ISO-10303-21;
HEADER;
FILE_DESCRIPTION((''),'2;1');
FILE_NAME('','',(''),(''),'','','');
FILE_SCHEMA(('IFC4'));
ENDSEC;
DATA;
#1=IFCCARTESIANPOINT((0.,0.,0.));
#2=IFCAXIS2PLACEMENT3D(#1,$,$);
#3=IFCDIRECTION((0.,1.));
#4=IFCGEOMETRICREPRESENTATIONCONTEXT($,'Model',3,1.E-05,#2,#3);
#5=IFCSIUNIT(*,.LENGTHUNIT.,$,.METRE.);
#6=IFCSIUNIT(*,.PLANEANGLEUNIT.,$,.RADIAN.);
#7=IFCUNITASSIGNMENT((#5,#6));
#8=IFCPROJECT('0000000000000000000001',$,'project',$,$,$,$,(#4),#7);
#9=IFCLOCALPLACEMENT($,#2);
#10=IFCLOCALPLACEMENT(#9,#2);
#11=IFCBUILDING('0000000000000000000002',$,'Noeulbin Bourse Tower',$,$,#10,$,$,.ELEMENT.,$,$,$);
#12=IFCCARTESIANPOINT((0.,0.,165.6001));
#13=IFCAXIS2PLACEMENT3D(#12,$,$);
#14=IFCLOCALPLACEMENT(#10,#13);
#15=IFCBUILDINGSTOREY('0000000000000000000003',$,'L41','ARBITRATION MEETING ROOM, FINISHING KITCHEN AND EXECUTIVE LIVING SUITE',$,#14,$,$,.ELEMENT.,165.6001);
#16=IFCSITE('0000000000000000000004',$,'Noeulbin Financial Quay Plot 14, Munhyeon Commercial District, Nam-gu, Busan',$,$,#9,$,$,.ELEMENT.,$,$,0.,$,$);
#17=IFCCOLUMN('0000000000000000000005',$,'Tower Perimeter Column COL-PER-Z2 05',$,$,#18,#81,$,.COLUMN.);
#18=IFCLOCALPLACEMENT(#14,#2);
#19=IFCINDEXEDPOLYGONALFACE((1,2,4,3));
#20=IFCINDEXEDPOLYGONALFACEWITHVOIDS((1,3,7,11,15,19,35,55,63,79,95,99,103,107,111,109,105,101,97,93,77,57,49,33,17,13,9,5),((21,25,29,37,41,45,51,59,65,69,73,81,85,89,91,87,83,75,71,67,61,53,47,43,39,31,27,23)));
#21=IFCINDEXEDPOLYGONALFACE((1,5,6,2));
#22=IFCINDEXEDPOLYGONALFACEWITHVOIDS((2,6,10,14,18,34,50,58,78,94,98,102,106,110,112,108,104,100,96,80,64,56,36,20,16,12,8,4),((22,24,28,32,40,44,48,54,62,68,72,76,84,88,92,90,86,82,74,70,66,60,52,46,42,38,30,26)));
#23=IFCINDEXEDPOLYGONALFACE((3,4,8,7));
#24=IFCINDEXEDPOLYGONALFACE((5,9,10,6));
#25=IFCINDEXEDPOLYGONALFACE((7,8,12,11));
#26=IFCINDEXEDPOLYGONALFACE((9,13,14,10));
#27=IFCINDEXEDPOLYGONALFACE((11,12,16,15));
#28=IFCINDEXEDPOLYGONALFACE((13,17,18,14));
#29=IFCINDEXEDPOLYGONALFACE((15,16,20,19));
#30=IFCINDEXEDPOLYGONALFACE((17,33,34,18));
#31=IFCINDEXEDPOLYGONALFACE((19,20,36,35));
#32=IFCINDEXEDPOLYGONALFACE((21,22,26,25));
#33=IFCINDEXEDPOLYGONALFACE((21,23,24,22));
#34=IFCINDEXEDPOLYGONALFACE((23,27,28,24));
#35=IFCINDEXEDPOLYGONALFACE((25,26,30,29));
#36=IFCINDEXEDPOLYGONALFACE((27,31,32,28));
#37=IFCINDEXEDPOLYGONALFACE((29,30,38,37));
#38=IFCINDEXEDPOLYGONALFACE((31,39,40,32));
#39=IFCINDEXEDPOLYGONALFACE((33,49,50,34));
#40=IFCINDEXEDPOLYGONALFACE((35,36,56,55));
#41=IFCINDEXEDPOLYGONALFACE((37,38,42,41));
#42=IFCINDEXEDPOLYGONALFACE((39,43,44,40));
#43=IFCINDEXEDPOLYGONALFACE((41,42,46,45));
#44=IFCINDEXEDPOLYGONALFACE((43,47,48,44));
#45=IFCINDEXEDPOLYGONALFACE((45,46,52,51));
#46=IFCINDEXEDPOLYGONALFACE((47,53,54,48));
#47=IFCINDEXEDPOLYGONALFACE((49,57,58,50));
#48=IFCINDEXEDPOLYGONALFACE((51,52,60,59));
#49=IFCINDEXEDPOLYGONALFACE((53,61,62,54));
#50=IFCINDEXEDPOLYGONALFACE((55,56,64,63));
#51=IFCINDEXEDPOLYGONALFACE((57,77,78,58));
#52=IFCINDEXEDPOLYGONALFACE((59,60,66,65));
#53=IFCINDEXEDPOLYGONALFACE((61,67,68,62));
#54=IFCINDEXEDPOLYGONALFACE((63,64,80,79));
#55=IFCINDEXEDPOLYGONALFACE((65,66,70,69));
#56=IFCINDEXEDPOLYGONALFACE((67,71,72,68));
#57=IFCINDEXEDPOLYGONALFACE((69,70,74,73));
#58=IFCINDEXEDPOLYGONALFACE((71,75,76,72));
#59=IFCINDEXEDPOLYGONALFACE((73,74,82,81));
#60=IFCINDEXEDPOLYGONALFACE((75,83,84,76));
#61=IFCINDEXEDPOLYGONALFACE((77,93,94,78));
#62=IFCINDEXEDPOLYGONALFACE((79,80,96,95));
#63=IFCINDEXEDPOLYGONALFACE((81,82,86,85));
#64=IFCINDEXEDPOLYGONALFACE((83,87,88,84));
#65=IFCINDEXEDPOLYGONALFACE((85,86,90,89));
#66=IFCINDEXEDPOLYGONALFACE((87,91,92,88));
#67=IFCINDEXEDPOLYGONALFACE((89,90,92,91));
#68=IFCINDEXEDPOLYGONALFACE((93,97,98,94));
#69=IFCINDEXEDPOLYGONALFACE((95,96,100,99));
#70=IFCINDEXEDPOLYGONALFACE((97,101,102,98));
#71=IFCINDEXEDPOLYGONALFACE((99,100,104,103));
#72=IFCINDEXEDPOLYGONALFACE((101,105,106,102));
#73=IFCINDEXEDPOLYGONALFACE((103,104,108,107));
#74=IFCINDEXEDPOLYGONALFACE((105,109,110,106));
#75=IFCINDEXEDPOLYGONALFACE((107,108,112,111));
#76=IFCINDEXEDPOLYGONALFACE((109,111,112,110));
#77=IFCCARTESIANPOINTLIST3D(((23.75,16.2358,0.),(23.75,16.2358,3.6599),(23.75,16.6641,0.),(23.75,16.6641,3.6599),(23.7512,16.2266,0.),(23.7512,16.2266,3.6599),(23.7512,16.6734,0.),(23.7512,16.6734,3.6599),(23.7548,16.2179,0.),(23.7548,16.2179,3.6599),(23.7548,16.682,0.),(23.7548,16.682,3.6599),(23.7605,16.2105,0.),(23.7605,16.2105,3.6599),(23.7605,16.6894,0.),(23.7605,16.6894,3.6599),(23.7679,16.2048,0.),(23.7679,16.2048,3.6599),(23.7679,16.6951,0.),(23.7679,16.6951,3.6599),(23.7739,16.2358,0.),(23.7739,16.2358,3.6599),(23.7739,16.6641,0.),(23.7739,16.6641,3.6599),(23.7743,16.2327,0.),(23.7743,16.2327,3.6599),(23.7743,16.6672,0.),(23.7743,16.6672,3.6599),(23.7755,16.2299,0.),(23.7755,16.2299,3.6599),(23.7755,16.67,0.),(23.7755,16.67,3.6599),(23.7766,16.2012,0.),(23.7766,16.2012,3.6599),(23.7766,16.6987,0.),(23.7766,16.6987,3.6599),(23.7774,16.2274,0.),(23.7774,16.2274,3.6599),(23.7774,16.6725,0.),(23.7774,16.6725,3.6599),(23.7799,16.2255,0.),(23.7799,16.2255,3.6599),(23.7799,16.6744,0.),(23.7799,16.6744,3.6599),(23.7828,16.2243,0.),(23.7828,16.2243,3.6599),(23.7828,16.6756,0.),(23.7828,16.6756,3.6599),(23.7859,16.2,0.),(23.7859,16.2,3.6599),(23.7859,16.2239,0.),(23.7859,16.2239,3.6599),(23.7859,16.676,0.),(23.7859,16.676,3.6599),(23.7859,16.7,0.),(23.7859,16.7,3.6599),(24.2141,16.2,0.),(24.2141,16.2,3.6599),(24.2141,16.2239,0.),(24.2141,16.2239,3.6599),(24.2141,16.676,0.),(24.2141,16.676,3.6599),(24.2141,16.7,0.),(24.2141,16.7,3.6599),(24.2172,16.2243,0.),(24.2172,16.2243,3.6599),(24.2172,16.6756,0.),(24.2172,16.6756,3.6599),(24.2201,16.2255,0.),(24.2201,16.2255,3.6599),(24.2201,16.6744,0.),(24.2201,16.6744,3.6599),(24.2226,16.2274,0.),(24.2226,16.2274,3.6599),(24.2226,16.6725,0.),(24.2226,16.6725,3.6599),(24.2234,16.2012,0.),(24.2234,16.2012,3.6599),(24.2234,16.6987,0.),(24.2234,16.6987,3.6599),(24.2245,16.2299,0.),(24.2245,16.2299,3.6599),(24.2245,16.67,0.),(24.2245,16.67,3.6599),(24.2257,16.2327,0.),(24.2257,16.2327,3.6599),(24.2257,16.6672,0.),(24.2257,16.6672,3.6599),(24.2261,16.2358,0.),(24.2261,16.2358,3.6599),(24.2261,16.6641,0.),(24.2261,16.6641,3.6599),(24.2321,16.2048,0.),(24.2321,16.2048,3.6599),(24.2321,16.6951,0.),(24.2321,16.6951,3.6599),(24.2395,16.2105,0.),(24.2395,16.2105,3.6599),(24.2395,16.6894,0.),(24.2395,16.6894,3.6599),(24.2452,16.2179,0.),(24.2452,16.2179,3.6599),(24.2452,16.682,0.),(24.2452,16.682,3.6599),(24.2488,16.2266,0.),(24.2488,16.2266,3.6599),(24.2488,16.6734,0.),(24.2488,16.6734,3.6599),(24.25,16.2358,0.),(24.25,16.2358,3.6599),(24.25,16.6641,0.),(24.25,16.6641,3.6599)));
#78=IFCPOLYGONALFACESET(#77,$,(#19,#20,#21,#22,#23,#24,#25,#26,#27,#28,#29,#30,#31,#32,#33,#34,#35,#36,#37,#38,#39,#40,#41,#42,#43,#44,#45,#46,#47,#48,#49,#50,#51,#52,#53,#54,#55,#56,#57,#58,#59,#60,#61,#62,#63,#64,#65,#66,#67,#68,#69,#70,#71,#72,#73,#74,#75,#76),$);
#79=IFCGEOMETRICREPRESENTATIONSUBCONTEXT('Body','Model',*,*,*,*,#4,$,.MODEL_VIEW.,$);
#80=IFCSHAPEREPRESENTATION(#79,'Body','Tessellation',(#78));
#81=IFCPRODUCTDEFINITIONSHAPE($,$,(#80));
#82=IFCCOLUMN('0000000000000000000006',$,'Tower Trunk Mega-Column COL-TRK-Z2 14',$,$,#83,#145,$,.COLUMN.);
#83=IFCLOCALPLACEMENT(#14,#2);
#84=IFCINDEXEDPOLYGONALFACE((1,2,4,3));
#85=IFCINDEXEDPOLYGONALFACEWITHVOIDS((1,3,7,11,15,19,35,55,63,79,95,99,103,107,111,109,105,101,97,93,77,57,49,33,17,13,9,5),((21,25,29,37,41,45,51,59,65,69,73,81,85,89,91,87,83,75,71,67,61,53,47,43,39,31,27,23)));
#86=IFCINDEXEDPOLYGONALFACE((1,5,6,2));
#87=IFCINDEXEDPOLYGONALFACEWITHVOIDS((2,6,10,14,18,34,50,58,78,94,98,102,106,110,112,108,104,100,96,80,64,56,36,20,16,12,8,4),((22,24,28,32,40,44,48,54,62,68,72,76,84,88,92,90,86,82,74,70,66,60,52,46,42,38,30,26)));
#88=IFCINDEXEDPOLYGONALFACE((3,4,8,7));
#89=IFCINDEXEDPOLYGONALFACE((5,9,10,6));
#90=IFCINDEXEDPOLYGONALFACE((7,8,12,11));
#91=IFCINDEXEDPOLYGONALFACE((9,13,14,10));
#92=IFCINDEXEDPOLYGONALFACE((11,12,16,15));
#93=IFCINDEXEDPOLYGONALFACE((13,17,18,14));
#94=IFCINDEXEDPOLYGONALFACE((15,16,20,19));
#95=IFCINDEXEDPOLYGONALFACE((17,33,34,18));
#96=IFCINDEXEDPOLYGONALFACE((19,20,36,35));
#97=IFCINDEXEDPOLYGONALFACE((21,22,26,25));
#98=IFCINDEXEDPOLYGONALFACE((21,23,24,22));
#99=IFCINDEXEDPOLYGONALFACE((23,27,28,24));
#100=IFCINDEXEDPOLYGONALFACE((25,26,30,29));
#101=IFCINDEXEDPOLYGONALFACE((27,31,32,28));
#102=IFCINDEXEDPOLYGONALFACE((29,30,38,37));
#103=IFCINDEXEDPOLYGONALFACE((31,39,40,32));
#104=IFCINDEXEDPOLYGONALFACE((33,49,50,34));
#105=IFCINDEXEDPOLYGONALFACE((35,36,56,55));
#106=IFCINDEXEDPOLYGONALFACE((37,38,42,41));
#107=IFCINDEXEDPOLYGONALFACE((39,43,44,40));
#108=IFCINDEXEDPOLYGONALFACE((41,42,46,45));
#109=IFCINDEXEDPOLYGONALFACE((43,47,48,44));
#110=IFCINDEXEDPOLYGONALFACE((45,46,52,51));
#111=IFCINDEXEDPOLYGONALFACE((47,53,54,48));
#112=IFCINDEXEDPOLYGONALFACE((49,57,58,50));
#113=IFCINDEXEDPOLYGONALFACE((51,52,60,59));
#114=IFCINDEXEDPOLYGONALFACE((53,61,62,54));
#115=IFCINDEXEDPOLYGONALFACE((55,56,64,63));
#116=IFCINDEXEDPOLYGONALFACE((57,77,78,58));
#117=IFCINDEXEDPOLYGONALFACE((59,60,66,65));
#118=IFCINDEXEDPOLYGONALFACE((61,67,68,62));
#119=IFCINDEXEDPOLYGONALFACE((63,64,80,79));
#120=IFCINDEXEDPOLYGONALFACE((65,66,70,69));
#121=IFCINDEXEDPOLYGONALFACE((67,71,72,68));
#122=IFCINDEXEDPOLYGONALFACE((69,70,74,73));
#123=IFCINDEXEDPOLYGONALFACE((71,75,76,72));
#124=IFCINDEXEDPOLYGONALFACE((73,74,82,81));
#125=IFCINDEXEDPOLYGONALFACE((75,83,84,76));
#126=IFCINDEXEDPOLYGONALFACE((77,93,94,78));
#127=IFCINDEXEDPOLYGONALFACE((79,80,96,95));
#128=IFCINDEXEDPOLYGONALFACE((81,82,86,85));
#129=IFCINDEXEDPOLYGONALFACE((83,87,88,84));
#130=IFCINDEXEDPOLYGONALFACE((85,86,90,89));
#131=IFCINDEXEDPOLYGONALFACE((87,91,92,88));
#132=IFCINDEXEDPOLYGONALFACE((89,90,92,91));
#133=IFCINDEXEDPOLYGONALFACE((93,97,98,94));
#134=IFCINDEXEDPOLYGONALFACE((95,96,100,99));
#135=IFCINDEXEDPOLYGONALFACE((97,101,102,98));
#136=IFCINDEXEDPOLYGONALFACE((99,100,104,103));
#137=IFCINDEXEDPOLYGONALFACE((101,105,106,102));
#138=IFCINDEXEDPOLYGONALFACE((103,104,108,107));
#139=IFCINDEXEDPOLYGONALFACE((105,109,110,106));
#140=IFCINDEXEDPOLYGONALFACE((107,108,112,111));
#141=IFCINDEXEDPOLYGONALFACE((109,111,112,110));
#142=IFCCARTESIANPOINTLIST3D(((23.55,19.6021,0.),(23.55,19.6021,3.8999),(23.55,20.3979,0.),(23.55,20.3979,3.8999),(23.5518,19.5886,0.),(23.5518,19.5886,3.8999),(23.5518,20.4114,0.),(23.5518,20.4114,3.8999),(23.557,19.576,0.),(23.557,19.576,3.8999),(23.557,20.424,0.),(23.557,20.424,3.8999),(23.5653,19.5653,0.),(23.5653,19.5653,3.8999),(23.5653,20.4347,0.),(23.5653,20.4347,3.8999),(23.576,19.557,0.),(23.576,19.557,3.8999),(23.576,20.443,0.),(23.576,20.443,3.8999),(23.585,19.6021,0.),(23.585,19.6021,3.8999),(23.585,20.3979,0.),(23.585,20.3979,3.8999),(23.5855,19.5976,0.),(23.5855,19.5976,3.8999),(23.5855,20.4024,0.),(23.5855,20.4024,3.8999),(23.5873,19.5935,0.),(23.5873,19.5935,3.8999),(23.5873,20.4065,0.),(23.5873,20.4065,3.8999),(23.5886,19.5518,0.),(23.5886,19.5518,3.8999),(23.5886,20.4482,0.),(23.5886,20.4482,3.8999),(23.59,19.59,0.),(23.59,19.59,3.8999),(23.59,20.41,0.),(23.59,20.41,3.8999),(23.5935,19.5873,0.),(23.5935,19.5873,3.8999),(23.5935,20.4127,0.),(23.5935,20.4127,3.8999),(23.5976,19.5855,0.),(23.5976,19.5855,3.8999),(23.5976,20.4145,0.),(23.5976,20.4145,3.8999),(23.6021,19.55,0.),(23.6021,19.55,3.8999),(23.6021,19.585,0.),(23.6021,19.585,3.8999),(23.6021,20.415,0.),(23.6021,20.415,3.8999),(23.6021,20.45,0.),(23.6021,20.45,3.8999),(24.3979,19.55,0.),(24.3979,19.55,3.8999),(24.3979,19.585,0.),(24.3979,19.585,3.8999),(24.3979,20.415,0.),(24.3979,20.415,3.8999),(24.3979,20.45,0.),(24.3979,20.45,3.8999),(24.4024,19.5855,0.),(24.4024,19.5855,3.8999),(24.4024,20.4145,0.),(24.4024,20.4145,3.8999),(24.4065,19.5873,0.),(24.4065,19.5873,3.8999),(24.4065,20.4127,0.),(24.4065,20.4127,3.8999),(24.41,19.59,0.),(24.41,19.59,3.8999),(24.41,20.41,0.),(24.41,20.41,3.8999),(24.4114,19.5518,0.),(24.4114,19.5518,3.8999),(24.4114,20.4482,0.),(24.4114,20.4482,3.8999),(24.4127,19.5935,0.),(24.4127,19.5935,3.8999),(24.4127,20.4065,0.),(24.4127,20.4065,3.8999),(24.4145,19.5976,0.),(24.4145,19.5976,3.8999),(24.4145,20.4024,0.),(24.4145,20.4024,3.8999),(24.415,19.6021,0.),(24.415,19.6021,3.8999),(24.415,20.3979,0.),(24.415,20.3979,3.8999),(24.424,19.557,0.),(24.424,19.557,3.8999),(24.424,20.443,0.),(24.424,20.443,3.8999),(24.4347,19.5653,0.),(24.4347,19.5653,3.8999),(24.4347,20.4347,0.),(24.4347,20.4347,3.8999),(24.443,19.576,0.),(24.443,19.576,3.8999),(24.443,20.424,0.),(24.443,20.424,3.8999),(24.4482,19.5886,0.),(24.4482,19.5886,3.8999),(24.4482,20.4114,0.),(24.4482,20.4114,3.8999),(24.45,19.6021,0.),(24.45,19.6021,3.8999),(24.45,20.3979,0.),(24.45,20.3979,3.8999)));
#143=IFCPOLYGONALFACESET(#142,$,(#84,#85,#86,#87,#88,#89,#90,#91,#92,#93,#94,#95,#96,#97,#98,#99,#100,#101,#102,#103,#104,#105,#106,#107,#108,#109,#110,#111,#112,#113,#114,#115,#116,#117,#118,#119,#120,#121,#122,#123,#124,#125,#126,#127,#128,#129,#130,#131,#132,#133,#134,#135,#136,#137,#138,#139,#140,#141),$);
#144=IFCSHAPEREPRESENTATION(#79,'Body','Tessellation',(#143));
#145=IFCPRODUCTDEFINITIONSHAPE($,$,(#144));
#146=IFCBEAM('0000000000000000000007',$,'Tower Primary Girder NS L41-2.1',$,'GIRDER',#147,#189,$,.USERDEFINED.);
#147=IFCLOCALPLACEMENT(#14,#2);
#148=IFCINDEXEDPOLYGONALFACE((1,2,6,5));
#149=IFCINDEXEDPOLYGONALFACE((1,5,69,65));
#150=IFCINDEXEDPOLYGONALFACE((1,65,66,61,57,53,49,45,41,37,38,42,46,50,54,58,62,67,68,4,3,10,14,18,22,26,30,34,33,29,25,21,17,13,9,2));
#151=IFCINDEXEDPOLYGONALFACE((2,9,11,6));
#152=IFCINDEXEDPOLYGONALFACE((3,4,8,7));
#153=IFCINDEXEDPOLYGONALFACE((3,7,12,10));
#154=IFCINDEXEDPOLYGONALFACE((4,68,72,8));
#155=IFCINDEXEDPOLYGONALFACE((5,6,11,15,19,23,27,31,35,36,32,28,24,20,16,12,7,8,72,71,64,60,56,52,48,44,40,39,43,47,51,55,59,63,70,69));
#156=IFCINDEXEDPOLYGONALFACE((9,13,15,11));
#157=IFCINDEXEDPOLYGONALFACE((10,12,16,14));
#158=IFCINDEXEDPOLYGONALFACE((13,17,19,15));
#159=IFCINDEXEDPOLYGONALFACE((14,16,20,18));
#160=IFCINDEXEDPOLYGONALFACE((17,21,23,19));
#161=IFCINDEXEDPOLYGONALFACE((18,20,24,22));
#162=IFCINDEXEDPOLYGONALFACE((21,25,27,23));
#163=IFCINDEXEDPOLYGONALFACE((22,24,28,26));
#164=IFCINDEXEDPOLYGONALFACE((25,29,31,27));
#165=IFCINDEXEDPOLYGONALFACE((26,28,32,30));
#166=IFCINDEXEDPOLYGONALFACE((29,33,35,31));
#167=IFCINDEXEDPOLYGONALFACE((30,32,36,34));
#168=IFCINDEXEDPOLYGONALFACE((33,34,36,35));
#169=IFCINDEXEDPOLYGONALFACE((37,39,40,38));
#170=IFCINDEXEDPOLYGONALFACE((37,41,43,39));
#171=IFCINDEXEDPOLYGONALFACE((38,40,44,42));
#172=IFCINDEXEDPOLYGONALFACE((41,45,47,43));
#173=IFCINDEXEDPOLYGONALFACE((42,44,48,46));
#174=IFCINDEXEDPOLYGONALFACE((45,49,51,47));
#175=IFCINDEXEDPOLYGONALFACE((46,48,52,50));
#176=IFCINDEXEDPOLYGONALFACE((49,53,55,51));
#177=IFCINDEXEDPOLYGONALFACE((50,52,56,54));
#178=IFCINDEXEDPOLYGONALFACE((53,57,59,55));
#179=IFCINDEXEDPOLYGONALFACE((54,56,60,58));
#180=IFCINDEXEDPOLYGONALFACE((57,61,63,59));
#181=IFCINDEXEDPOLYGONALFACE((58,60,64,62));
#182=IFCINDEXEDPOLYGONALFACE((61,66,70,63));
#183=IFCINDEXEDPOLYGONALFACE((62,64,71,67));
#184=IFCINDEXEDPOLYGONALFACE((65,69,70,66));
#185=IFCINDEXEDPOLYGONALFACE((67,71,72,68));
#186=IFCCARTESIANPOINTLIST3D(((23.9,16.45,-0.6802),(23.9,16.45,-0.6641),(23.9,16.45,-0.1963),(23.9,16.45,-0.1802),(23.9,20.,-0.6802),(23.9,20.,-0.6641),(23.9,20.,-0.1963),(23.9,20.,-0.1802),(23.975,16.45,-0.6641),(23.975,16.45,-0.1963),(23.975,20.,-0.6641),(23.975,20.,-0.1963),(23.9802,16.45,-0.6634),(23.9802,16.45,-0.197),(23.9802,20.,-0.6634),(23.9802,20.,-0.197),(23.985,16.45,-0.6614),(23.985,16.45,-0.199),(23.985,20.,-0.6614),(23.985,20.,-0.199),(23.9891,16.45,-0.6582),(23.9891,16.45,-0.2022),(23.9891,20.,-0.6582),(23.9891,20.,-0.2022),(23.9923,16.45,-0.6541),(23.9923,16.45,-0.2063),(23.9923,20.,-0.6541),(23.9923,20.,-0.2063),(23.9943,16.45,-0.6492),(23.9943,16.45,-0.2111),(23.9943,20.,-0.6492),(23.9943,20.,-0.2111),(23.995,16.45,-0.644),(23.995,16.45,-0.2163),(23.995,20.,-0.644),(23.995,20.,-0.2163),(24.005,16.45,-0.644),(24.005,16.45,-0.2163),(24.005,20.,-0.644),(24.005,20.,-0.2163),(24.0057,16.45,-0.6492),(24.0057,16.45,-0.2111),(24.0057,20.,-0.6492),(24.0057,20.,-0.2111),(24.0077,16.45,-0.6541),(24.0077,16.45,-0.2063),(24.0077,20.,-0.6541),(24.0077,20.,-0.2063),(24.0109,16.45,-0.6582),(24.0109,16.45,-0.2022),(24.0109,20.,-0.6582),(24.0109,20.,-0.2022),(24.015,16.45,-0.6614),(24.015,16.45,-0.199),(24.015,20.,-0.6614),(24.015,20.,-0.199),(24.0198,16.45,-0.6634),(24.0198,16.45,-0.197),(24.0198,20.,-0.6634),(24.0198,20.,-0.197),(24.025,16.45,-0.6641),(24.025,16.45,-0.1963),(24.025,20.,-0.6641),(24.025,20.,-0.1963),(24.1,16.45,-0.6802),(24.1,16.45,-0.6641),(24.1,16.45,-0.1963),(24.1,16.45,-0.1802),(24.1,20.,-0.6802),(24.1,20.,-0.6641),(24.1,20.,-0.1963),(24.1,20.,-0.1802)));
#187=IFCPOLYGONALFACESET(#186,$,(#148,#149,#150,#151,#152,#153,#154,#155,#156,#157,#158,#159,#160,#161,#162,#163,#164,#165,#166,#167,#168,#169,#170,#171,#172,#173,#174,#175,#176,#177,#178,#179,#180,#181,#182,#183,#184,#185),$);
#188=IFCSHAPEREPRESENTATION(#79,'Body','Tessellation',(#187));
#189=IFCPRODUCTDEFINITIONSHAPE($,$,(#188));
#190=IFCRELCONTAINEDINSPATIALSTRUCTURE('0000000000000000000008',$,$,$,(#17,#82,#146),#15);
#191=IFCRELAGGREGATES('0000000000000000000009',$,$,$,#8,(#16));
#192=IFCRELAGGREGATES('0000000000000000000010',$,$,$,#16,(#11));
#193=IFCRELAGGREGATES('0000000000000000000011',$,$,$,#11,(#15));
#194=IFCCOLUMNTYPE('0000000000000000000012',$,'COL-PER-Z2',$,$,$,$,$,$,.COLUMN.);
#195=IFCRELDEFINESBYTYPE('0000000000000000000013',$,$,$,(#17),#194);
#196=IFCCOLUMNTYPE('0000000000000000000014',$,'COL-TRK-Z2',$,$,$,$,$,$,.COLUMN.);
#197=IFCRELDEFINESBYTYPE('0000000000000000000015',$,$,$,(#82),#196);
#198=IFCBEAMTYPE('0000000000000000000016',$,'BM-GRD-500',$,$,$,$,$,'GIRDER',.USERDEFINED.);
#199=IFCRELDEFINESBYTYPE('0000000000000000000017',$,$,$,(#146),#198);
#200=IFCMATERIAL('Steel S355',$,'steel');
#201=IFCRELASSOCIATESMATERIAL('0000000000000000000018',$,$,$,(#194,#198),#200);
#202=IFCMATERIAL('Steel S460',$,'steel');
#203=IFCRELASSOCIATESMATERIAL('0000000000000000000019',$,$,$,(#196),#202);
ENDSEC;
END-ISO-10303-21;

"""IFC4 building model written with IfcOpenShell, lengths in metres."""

from ifc_helpers import new_model, si_unit, direction, frame, origin, origin_2d, place, context, subcontext, project, spatial, hollow_rectangle, i_section, extrude, material, material_profile, profile_set, type_object, element, save


model = new_model("IFC4")

# Units and contexts
model_context = context("Model", 3, precision=1e-05, world=origin(), true_north=direction((0.0, 1.0)))
body_context = subcontext(model_context, "Body", "Model", "MODEL_VIEW")
ifc_project = project(units=[si_unit("LENGTHUNIT", "METRE"), si_unit("PLANEANGLEUNIT", "RADIAN")], contexts=[model_context])

# Site, building, storey
site_placement = place(None, origin())
site = spatial("IfcSite", under=ifc_project, at=site_placement, Name="Noeulbin Financial Quay Plot 14, Munhyeon Commercial District, Nam-gu, Busan", CompositionType="ELEMENT", RefElevation=0.0)
building_placement = place(site_placement, origin())
building = spatial("IfcBuilding", under=site, at=building_placement, Name="Noeulbin Bourse Tower", CompositionType="ELEMENT")
storey_placement = place(building_placement, frame((0.0, 0.0, 165.6001)))
storey = spatial("IfcBuildingStorey", under=building, at=storey_placement, Name="L41", Description="ARBITRATION MEETING ROOM, FINISHING KITCHEN AND EXECUTIVE LIVING SUITE", CompositionType="ELEMENT", Elevation=165.6001)

# Columns
ifc_material_1 = material(Name="Steel S355", Category="steel")
ifc_material_profile_1 = material_profile(ifc_material_1, hollow_rectangle(XDim=0.5, YDim=0.5, WallThickness=0.0239, InnerFilletRadius=0.012, OuterFilletRadius=0.0359, at=origin_2d()), Name="BOX-500x500x24", Category="LoadBearing")
ifc_profile_set_1 = profile_set([ifc_material_profile_1], Name="Steel S355")
column_type_1 = type_object("IfcColumnType", Name="COL-PER-Z2", PredefinedType="COLUMN", material=ifc_profile_set_1)
column_1_placement = place(storey_placement, frame((24.0, 16.45, 0.0), z_axis=(0.0, 0.0, 1.0), x_axis=(1.0, 0.0, 0.0)))
element("IfcColumn", 1, at=column_1_placement, inside=storey, type_object=column_type_1, Name="Tower Perimeter Column COL-PER-Z2 05", PredefinedType="COLUMN", context=body_context, shape_type="SweptSolid", body=[
    extrude(hollow_rectangle(XDim=0.5, YDim=0.5, WallThickness=0.0239, InnerFilletRadius=0.012, OuterFilletRadius=0.0359, at=origin_2d()), origin(), (0.0, 0.0, 1.0), 3.6599),
])
ifc_material_2 = material(Name="Steel S460", Category="steel")
ifc_material_profile_2 = material_profile(ifc_material_2, hollow_rectangle(XDim=0.8999, YDim=0.8999, WallThickness=0.0349, InnerFilletRadius=0.0171, OuterFilletRadius=0.052, at=origin_2d()), Name="BOX-900x900x35", Category="LoadBearing")
ifc_profile_set_2 = profile_set([ifc_material_profile_2], Name="Steel S460")
column_type_2 = type_object("IfcColumnType", Name="COL-TRK-Z2", PredefinedType="COLUMN", material=ifc_profile_set_2)
column_2_placement = place(storey_placement, frame((24.0, 20.0, 0.0), z_axis=(0.0, 0.0, 1.0), x_axis=(1.0, 0.0, 0.0)))
element("IfcColumn", 2, at=column_2_placement, inside=storey, type_object=column_type_2, Name="Tower Trunk Mega-Column COL-TRK-Z2 14", PredefinedType="COLUMN", context=body_context, shape_type="SweptSolid", body=[
    extrude(hollow_rectangle(XDim=0.8999, YDim=0.8999, WallThickness=0.0349, InnerFilletRadius=0.0171, OuterFilletRadius=0.052, at=origin_2d()), origin(), (0.0, 0.0, 1.0), 3.8999),
])

# Beam
ifc_material_profile_3 = material_profile(ifc_material_1, i_section(OverallWidth=0.2, OverallDepth=0.5, WebThickness=0.01, FlangeThickness=0.0161, FilletRadius=0.02, at=origin_2d()), Name="H-500x200x10x16", Category="LoadBearing")
ifc_profile_set_3 = profile_set([ifc_material_profile_3], Name="Steel S355")
beam_type_1 = type_object("IfcBeamType", Name="BM-GRD-500", ElementType="GIRDER", PredefinedType="USERDEFINED", material=ifc_profile_set_3)
beam_1_placement = place(storey_placement, frame((24.0, 16.45, -0.4302), z_axis=(0.0, 1.0, 0.0), x_axis=(-1.0, 0.0, 0.0)))
element("IfcBeam", 3, at=beam_1_placement, inside=storey, type_object=beam_type_1, Name="Tower Primary Girder NS L41-2.1", ObjectType="GIRDER", PredefinedType="USERDEFINED", context=body_context, shape_type="SweptSolid", body=[
    extrude(i_section(OverallWidth=0.2, OverallDepth=0.5, WebThickness=0.01, FlangeThickness=0.0161, FilletRadius=0.02, at=origin_2d()), origin(), (0.0, 0.0, 1.0), 3.55),
])

save(model, "model.ifc")
